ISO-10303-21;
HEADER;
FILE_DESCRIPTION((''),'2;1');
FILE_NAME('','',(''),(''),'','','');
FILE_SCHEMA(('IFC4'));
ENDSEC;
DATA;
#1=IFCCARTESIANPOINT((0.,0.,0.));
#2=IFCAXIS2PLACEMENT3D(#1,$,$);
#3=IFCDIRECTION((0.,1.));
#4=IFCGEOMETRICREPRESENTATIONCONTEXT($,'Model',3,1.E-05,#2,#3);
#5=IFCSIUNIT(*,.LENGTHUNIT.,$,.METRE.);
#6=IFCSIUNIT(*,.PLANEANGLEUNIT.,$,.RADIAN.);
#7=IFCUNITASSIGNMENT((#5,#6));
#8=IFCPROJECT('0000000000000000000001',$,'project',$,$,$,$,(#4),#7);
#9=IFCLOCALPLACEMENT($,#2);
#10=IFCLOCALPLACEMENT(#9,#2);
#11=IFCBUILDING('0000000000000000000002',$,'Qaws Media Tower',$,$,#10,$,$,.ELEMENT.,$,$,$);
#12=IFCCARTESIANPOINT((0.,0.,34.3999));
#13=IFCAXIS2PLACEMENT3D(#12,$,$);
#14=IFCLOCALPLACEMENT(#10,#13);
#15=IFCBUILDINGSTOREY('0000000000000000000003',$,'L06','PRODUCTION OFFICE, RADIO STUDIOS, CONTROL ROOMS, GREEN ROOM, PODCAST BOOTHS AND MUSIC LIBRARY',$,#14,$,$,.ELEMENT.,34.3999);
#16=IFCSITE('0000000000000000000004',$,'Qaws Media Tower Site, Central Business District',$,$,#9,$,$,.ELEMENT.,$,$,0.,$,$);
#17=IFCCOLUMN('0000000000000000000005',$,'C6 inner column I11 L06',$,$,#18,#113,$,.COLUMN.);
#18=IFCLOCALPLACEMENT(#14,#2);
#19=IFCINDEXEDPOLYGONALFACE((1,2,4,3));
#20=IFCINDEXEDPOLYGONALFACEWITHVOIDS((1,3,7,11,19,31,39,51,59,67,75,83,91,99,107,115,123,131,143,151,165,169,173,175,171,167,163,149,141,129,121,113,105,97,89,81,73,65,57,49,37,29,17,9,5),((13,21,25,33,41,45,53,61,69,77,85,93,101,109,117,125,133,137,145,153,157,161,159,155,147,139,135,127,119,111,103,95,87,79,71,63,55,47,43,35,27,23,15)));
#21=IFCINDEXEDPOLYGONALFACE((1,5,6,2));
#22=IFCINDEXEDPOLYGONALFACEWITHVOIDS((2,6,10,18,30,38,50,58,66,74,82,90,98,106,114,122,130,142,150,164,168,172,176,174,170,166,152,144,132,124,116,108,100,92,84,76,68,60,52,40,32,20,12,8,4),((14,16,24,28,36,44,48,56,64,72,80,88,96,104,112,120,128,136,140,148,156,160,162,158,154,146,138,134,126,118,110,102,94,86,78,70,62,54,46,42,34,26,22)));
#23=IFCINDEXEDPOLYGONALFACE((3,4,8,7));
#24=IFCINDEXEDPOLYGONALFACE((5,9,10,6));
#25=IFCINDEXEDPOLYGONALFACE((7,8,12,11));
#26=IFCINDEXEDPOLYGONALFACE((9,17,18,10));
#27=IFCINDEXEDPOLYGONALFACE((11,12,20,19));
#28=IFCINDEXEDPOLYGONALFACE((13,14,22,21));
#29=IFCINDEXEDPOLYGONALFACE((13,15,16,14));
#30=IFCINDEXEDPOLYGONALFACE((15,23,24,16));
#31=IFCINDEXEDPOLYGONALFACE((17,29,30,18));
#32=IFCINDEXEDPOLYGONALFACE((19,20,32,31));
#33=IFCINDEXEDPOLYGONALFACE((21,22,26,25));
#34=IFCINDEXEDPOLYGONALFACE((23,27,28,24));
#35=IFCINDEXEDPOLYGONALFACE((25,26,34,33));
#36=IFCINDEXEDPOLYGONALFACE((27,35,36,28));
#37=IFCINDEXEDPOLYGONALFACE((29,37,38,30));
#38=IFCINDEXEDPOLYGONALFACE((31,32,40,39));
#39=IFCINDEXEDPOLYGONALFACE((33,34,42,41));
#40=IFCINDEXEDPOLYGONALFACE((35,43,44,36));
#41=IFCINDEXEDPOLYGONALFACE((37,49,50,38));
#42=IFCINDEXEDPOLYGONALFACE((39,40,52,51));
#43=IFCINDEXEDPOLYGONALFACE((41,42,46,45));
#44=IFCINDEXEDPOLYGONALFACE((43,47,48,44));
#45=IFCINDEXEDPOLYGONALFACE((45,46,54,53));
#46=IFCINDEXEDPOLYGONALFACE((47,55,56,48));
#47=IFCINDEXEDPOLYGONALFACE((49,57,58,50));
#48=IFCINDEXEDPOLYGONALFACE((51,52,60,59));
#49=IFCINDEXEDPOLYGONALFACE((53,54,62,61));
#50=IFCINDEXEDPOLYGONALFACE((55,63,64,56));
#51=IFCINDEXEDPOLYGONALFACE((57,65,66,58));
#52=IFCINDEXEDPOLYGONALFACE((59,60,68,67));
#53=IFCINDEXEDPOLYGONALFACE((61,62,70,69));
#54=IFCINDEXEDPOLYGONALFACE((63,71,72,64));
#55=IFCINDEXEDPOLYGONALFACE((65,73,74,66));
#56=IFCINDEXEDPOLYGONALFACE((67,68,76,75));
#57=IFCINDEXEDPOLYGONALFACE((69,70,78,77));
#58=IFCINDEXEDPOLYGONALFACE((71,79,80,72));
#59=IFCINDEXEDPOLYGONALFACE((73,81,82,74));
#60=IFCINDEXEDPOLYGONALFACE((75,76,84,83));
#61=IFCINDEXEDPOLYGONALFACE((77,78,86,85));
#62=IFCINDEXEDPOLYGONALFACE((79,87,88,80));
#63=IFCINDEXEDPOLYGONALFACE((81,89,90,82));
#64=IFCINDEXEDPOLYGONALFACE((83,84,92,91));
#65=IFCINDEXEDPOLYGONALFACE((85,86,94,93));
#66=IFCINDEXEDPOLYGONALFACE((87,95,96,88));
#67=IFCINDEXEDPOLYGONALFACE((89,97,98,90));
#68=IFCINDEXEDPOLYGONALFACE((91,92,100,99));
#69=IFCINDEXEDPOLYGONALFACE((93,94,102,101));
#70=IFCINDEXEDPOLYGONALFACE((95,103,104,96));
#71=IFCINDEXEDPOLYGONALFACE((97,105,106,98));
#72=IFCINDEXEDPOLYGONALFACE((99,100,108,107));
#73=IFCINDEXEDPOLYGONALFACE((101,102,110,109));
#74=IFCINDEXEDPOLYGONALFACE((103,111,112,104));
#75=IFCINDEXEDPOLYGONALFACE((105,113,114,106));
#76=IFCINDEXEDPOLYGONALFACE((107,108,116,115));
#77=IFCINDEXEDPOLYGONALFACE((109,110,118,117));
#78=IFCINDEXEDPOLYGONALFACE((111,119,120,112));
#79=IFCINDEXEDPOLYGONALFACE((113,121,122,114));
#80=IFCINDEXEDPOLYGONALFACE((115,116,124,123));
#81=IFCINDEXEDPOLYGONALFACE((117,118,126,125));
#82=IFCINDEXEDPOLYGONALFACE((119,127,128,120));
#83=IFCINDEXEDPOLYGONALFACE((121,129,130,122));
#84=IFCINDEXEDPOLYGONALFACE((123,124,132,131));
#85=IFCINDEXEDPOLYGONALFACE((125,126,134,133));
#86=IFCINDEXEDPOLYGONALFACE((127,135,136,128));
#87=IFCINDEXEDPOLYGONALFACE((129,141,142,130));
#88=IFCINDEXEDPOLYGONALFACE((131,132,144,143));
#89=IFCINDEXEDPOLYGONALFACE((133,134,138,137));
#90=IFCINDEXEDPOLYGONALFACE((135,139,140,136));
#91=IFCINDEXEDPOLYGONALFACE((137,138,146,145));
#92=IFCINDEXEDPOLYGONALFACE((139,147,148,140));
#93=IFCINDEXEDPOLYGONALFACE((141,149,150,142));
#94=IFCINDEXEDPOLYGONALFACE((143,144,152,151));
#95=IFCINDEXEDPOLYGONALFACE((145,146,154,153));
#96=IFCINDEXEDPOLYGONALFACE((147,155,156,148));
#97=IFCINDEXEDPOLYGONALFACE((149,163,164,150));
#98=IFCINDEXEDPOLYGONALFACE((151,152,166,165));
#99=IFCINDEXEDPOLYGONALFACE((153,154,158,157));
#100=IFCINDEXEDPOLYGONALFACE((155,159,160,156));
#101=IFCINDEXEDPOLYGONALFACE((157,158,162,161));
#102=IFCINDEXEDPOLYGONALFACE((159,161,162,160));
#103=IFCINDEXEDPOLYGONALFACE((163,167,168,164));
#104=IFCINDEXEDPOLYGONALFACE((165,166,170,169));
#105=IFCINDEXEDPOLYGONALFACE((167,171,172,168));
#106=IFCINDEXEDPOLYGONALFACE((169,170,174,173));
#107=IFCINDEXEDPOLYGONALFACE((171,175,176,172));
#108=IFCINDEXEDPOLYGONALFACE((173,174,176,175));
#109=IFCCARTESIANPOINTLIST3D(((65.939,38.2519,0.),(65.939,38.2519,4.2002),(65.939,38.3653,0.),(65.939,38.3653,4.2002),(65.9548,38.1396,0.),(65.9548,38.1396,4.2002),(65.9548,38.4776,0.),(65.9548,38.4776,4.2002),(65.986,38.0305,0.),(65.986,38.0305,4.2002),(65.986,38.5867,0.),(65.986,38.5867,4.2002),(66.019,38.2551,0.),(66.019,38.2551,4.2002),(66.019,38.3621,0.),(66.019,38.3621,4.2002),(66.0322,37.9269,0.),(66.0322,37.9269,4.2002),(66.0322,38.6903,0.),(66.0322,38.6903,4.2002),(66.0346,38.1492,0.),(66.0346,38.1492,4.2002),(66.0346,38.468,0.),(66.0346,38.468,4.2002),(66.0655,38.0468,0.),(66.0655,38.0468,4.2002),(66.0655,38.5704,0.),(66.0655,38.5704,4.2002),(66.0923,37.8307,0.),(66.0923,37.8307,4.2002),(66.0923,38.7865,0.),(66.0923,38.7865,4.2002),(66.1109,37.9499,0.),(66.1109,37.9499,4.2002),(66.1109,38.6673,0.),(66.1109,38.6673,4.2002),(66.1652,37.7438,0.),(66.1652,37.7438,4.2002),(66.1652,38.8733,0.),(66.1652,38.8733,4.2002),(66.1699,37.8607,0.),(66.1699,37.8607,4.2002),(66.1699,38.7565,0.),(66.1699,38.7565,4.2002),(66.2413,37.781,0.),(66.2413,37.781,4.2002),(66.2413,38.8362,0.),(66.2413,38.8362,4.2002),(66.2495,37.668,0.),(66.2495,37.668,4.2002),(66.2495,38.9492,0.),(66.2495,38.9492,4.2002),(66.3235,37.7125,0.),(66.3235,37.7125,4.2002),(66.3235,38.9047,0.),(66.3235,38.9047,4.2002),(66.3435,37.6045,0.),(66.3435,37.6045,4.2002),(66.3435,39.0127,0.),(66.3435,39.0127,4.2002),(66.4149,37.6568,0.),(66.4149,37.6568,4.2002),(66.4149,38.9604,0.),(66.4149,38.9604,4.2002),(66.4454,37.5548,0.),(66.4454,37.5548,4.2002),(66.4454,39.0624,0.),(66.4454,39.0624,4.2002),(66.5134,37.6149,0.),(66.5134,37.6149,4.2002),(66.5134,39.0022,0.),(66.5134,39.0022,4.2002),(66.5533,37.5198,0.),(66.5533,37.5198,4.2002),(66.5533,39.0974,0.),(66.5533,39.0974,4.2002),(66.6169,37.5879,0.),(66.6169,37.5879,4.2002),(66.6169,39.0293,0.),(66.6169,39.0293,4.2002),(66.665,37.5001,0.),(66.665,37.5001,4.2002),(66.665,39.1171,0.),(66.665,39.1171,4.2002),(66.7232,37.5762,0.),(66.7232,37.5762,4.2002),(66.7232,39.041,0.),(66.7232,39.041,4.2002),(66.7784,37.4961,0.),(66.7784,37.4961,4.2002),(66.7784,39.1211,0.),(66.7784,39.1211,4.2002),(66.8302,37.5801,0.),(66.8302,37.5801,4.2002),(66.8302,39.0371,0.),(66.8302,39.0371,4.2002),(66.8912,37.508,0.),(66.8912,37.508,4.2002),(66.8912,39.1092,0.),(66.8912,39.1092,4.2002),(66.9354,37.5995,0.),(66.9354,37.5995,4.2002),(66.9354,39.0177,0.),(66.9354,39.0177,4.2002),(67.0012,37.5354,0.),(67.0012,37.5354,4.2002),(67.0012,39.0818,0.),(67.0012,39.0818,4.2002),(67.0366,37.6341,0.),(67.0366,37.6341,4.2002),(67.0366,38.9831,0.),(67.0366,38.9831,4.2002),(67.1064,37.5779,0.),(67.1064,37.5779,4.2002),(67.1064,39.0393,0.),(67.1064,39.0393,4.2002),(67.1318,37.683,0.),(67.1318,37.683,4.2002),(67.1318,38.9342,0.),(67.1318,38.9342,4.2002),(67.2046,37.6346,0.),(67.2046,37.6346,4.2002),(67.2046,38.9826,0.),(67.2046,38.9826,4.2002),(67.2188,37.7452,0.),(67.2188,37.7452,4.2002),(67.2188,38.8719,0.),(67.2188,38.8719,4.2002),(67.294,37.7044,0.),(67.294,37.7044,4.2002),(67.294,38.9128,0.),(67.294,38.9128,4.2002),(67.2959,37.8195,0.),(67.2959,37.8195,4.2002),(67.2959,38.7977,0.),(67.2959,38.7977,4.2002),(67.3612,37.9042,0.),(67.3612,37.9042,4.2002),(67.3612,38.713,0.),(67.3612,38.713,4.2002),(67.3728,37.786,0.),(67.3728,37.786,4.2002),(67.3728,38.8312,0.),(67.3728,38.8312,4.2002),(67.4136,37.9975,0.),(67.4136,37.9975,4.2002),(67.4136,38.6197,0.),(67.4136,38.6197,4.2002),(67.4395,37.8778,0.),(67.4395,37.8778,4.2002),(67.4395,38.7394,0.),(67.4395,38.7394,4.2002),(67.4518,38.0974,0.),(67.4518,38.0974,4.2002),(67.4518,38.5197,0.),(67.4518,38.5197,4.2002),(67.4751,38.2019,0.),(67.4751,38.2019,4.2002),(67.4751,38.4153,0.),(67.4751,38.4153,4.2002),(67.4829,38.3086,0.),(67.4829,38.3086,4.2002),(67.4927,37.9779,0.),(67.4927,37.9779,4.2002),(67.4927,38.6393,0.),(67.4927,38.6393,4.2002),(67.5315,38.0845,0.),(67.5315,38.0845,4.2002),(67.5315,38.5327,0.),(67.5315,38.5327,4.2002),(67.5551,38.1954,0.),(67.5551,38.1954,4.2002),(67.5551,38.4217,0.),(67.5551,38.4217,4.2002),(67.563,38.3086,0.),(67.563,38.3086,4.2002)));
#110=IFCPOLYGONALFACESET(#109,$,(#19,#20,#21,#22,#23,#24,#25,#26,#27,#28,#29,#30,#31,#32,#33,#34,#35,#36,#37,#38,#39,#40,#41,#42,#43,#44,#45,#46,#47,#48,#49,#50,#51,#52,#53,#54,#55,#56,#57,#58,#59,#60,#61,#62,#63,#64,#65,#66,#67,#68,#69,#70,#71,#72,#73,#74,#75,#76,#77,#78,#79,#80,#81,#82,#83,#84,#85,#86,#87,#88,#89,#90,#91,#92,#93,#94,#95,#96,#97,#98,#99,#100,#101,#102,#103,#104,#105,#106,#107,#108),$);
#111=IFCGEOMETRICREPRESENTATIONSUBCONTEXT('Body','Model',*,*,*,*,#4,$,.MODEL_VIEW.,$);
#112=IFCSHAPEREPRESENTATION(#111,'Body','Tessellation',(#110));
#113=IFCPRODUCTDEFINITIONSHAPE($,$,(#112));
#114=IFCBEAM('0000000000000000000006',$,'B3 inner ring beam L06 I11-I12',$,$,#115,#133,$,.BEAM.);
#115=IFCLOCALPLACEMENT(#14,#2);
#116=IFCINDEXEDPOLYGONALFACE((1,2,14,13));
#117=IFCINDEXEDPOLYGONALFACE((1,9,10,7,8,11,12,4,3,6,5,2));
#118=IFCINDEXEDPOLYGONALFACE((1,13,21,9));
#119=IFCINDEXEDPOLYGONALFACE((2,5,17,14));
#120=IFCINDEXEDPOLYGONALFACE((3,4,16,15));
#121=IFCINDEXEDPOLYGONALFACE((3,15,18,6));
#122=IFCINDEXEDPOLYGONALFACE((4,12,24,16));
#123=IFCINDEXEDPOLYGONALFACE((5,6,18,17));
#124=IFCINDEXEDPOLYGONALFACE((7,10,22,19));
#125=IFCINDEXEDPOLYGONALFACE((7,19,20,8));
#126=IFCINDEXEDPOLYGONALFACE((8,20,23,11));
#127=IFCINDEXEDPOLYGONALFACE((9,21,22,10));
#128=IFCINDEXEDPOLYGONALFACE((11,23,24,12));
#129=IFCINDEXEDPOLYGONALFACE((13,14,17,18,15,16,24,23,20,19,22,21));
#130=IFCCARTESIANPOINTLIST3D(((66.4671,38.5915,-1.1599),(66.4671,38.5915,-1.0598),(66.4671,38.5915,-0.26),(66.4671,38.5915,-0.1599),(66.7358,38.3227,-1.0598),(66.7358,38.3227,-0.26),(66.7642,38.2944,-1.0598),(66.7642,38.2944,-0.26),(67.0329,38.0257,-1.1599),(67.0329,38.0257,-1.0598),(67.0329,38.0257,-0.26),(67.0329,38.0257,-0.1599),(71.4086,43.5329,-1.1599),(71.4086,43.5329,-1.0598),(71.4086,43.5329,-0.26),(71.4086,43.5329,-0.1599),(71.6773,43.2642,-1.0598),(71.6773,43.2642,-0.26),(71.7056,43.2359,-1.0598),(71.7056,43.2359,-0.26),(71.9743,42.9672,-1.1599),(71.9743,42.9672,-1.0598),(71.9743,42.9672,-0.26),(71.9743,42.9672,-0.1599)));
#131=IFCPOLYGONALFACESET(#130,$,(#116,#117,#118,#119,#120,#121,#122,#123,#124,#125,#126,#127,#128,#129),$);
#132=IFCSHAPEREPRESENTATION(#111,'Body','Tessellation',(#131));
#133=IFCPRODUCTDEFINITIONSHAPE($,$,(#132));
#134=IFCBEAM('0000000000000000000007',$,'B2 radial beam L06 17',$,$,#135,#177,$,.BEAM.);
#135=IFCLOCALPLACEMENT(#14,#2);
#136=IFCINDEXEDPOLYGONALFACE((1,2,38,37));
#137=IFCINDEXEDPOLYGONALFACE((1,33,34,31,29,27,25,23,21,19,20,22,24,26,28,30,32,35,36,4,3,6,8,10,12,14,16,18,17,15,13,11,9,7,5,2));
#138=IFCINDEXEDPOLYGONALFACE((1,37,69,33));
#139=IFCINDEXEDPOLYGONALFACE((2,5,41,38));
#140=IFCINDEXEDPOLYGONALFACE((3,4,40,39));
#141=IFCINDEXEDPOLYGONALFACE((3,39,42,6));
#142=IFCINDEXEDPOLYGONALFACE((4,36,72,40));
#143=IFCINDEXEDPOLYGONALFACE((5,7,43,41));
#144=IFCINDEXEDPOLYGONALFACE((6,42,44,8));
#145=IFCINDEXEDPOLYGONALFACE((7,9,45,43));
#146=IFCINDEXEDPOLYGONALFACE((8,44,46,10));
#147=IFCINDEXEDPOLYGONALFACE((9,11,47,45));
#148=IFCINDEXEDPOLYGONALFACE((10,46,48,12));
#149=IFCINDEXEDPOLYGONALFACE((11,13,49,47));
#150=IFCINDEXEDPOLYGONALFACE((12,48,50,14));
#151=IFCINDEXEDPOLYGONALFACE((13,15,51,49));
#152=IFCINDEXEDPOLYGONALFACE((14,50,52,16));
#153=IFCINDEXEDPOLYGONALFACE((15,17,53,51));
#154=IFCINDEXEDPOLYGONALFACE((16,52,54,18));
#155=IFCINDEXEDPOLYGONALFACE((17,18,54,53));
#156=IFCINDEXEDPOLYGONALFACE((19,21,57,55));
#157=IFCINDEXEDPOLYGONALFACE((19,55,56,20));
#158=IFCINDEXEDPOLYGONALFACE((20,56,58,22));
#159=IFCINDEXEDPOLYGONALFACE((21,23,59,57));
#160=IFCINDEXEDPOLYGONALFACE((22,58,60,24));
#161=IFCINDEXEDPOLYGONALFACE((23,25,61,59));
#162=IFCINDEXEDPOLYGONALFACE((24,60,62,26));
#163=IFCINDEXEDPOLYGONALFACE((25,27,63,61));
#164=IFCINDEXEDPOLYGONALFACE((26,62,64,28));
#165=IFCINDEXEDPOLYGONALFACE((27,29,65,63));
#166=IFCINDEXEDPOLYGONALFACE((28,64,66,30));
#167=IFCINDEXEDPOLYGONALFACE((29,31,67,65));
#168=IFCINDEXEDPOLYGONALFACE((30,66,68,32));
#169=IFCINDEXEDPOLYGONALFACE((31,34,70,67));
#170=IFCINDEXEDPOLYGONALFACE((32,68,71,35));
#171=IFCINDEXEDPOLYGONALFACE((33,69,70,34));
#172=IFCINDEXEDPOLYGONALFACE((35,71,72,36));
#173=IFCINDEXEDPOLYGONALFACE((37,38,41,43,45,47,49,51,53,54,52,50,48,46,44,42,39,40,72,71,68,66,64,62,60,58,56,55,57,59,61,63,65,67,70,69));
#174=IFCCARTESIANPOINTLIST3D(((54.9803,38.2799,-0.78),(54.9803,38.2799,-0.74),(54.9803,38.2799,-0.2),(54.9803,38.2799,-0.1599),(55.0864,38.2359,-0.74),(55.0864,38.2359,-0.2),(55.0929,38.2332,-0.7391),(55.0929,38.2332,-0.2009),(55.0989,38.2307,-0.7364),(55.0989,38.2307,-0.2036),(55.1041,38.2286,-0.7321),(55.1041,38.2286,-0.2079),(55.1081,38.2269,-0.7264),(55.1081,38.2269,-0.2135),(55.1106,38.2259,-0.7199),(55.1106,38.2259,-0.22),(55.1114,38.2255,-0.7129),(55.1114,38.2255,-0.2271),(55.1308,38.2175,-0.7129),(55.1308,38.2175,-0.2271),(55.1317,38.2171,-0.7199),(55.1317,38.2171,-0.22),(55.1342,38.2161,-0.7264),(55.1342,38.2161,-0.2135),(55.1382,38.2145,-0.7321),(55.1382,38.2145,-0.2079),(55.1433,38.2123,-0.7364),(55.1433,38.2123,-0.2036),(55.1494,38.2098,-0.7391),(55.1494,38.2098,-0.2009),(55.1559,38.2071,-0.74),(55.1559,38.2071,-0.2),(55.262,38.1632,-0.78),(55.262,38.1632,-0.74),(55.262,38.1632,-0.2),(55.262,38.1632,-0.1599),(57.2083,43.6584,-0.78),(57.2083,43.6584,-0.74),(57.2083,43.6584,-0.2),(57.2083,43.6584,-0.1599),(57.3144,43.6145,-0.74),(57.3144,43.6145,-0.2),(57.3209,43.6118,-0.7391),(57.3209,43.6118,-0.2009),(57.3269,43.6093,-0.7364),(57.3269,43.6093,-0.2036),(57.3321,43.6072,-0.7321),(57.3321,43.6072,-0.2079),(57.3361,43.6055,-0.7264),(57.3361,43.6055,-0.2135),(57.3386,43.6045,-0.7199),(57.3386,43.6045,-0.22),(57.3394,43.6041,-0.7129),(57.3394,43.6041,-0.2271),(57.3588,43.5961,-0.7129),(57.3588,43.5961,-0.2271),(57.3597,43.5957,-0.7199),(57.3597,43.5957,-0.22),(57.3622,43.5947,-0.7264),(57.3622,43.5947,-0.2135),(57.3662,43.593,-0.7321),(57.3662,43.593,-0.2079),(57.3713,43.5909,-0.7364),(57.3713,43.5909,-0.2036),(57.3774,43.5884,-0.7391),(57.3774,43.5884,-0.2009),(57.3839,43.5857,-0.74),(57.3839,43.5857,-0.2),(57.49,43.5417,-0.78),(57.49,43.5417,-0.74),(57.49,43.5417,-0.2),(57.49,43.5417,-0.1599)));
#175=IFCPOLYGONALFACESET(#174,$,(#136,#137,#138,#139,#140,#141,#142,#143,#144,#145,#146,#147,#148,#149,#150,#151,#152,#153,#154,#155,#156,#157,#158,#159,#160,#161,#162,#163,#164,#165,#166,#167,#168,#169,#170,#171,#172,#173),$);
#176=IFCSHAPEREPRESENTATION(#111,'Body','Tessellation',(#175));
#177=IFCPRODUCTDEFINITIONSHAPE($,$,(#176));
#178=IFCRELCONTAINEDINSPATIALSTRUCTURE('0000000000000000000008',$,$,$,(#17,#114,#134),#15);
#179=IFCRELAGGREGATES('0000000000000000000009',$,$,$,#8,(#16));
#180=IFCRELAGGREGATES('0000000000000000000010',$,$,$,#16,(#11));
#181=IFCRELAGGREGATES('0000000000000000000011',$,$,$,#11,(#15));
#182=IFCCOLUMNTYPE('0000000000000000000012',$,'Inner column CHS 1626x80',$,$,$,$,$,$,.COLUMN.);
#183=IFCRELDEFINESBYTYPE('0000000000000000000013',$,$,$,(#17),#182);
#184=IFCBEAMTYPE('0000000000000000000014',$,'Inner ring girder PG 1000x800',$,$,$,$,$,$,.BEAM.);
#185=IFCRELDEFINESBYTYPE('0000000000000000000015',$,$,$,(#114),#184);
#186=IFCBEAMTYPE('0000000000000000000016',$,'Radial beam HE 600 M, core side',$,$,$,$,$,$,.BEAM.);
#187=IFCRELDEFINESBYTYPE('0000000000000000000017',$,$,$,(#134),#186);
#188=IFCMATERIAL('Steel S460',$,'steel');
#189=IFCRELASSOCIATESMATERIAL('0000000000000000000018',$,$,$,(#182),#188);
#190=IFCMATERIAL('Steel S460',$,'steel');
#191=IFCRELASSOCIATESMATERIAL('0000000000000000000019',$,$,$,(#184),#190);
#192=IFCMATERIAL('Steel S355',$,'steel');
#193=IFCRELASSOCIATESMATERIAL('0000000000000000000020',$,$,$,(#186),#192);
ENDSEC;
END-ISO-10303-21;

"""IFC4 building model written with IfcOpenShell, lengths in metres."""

from ifc_helpers import new_model, si_unit, direction, frame, origin, origin_2d, place, context, subcontext, project, spatial, hollow_circle, i_section, extrude, material, material_profile, profile_set, type_object, element, save


model = new_model("IFC4")

# Units and contexts
model_context = context("Model", 3, precision=1e-05, world=origin(), true_north=direction((0.0, 1.0)))
body_context = subcontext(model_context, "Body", "Model", "MODEL_VIEW")
ifc_project = project(units=[si_unit("LENGTHUNIT", "METRE"), si_unit("PLANEANGLEUNIT", "RADIAN")], contexts=[model_context])

# Site, building, storey
site_placement = place(None, origin())
site = spatial("IfcSite", under=ifc_project, at=site_placement, Name="Qaws Media Tower Site, Central Business District", CompositionType="ELEMENT", RefElevation=0.0)
building_placement = place(site_placement, origin())
building = spatial("IfcBuilding", under=site, at=building_placement, Name="Qaws Media Tower", CompositionType="ELEMENT")
storey_placement = place(building_placement, frame((0.0, 0.0, 34.3999)))
storey = spatial("IfcBuildingStorey", under=building, at=storey_placement, Name="L06", Description="PRODUCTION OFFICE, RADIO STUDIOS, CONTROL ROOMS, GREEN ROOM, PODCAST BOOTHS AND MUSIC LIBRARY", CompositionType="ELEMENT", Elevation=34.3999)

# Column
ifc_material_1 = material(Name="Steel S460", Category="steel")
ifc_material_profile_1 = material_profile(ifc_material_1, hollow_circle(Radius=0.813, WallThickness=0.0801, at=origin_2d()), Name="CHS 1626x80")
ifc_profile_set_1 = profile_set([ifc_material_profile_1], Name="Steel S460")
column_type = type_object("IfcColumnType", Name="Inner column CHS 1626x80", PredefinedType="COLUMN", material=ifc_profile_set_1)
column_placement = place(storey_placement, frame((66.75, 38.3086, 0.0), z_axis=(0.0, 0.0, 1.0), x_axis=(1.0, 0.0, 0.0)))
element("IfcColumn", 1, at=column_placement, inside=storey, type_object=column_type, Name="C6 inner column I11 L06", PredefinedType="COLUMN", context=body_context, shape_type="SweptSolid", body=[
    extrude(hollow_circle(Radius=0.813, WallThickness=0.0801, at=origin_2d()), origin(), (0.0, 0.0, 1.0), 4.2002),
])

# Beams
ifc_material_2 = material(Name="Steel S460", Category="steel")
ifc_material_profile_2 = material_profile(ifc_material_2, i_section(OverallWidth=0.8, OverallDepth=1.0, WebThickness=0.04, FlangeThickness=0.1001, at=origin_2d()), Name="PG 1000x800")
ifc_profile_set_2 = profile_set([ifc_material_profile_2], Name="Steel S460")
beam_type_1 = type_object("IfcBeamType", Name="Inner ring girder PG 1000x800", PredefinedType="BEAM", material=ifc_profile_set_2)
beam_1_placement = place(storey_placement, frame((66.75, 38.3086, -0.6599), z_axis=(0.707107, 0.707107, 0.0), x_axis=(-0.707107, 0.707107, 0.0)))
element("IfcBeam", 2, at=beam_1_placement, inside=storey, type_object=beam_type_1, Name="B3 inner ring beam L06 I11-I12", PredefinedType="BEAM", context=body_context, shape_type="SweptSolid", body=[
    extrude(i_section(OverallWidth=0.8, OverallDepth=1.0, WebThickness=0.04, FlangeThickness=0.1001, at=origin_2d()), origin(), (0.0, 0.0, 1.0), 6.9883),
])
ifc_material_3 = material(Name="Steel S355", Category="steel")
ifc_material_profile_3 = material_profile(ifc_material_3, i_section(OverallWidth=0.3049, OverallDepth=0.6201, WebThickness=0.021, FlangeThickness=0.04, FilletRadius=0.0271, at=origin_2d()), Name="HE 600 M")
ifc_profile_set_3 = profile_set([ifc_material_profile_3], Name="Steel S355")
beam_type_2 = type_object("IfcBeamType", Name="Radial beam HE 600 M, core side", PredefinedType="BEAM", material=ifc_profile_set_3)
beam_2_placement = place(storey_placement, frame((57.3491, 43.6001, -0.47), z_axis=(-0.3827, -0.923873, 0.0), x_axis=(0.923873, -0.3827, 0.0)))
element("IfcBeam", 3, at=beam_2_placement, inside=storey, type_object=beam_type_2, Name="B2 radial beam L06 17", PredefinedType="BEAM", context=body_context, shape_type="SweptSolid", body=[
    extrude(i_section(OverallWidth=0.3049, OverallDepth=0.6201, WebThickness=0.021, FlangeThickness=0.04, FilletRadius=0.0271, at=origin_2d()), origin(), (0.0, 0.0, 1.0), 5.8218),
])

save(model, "model.ifc")
